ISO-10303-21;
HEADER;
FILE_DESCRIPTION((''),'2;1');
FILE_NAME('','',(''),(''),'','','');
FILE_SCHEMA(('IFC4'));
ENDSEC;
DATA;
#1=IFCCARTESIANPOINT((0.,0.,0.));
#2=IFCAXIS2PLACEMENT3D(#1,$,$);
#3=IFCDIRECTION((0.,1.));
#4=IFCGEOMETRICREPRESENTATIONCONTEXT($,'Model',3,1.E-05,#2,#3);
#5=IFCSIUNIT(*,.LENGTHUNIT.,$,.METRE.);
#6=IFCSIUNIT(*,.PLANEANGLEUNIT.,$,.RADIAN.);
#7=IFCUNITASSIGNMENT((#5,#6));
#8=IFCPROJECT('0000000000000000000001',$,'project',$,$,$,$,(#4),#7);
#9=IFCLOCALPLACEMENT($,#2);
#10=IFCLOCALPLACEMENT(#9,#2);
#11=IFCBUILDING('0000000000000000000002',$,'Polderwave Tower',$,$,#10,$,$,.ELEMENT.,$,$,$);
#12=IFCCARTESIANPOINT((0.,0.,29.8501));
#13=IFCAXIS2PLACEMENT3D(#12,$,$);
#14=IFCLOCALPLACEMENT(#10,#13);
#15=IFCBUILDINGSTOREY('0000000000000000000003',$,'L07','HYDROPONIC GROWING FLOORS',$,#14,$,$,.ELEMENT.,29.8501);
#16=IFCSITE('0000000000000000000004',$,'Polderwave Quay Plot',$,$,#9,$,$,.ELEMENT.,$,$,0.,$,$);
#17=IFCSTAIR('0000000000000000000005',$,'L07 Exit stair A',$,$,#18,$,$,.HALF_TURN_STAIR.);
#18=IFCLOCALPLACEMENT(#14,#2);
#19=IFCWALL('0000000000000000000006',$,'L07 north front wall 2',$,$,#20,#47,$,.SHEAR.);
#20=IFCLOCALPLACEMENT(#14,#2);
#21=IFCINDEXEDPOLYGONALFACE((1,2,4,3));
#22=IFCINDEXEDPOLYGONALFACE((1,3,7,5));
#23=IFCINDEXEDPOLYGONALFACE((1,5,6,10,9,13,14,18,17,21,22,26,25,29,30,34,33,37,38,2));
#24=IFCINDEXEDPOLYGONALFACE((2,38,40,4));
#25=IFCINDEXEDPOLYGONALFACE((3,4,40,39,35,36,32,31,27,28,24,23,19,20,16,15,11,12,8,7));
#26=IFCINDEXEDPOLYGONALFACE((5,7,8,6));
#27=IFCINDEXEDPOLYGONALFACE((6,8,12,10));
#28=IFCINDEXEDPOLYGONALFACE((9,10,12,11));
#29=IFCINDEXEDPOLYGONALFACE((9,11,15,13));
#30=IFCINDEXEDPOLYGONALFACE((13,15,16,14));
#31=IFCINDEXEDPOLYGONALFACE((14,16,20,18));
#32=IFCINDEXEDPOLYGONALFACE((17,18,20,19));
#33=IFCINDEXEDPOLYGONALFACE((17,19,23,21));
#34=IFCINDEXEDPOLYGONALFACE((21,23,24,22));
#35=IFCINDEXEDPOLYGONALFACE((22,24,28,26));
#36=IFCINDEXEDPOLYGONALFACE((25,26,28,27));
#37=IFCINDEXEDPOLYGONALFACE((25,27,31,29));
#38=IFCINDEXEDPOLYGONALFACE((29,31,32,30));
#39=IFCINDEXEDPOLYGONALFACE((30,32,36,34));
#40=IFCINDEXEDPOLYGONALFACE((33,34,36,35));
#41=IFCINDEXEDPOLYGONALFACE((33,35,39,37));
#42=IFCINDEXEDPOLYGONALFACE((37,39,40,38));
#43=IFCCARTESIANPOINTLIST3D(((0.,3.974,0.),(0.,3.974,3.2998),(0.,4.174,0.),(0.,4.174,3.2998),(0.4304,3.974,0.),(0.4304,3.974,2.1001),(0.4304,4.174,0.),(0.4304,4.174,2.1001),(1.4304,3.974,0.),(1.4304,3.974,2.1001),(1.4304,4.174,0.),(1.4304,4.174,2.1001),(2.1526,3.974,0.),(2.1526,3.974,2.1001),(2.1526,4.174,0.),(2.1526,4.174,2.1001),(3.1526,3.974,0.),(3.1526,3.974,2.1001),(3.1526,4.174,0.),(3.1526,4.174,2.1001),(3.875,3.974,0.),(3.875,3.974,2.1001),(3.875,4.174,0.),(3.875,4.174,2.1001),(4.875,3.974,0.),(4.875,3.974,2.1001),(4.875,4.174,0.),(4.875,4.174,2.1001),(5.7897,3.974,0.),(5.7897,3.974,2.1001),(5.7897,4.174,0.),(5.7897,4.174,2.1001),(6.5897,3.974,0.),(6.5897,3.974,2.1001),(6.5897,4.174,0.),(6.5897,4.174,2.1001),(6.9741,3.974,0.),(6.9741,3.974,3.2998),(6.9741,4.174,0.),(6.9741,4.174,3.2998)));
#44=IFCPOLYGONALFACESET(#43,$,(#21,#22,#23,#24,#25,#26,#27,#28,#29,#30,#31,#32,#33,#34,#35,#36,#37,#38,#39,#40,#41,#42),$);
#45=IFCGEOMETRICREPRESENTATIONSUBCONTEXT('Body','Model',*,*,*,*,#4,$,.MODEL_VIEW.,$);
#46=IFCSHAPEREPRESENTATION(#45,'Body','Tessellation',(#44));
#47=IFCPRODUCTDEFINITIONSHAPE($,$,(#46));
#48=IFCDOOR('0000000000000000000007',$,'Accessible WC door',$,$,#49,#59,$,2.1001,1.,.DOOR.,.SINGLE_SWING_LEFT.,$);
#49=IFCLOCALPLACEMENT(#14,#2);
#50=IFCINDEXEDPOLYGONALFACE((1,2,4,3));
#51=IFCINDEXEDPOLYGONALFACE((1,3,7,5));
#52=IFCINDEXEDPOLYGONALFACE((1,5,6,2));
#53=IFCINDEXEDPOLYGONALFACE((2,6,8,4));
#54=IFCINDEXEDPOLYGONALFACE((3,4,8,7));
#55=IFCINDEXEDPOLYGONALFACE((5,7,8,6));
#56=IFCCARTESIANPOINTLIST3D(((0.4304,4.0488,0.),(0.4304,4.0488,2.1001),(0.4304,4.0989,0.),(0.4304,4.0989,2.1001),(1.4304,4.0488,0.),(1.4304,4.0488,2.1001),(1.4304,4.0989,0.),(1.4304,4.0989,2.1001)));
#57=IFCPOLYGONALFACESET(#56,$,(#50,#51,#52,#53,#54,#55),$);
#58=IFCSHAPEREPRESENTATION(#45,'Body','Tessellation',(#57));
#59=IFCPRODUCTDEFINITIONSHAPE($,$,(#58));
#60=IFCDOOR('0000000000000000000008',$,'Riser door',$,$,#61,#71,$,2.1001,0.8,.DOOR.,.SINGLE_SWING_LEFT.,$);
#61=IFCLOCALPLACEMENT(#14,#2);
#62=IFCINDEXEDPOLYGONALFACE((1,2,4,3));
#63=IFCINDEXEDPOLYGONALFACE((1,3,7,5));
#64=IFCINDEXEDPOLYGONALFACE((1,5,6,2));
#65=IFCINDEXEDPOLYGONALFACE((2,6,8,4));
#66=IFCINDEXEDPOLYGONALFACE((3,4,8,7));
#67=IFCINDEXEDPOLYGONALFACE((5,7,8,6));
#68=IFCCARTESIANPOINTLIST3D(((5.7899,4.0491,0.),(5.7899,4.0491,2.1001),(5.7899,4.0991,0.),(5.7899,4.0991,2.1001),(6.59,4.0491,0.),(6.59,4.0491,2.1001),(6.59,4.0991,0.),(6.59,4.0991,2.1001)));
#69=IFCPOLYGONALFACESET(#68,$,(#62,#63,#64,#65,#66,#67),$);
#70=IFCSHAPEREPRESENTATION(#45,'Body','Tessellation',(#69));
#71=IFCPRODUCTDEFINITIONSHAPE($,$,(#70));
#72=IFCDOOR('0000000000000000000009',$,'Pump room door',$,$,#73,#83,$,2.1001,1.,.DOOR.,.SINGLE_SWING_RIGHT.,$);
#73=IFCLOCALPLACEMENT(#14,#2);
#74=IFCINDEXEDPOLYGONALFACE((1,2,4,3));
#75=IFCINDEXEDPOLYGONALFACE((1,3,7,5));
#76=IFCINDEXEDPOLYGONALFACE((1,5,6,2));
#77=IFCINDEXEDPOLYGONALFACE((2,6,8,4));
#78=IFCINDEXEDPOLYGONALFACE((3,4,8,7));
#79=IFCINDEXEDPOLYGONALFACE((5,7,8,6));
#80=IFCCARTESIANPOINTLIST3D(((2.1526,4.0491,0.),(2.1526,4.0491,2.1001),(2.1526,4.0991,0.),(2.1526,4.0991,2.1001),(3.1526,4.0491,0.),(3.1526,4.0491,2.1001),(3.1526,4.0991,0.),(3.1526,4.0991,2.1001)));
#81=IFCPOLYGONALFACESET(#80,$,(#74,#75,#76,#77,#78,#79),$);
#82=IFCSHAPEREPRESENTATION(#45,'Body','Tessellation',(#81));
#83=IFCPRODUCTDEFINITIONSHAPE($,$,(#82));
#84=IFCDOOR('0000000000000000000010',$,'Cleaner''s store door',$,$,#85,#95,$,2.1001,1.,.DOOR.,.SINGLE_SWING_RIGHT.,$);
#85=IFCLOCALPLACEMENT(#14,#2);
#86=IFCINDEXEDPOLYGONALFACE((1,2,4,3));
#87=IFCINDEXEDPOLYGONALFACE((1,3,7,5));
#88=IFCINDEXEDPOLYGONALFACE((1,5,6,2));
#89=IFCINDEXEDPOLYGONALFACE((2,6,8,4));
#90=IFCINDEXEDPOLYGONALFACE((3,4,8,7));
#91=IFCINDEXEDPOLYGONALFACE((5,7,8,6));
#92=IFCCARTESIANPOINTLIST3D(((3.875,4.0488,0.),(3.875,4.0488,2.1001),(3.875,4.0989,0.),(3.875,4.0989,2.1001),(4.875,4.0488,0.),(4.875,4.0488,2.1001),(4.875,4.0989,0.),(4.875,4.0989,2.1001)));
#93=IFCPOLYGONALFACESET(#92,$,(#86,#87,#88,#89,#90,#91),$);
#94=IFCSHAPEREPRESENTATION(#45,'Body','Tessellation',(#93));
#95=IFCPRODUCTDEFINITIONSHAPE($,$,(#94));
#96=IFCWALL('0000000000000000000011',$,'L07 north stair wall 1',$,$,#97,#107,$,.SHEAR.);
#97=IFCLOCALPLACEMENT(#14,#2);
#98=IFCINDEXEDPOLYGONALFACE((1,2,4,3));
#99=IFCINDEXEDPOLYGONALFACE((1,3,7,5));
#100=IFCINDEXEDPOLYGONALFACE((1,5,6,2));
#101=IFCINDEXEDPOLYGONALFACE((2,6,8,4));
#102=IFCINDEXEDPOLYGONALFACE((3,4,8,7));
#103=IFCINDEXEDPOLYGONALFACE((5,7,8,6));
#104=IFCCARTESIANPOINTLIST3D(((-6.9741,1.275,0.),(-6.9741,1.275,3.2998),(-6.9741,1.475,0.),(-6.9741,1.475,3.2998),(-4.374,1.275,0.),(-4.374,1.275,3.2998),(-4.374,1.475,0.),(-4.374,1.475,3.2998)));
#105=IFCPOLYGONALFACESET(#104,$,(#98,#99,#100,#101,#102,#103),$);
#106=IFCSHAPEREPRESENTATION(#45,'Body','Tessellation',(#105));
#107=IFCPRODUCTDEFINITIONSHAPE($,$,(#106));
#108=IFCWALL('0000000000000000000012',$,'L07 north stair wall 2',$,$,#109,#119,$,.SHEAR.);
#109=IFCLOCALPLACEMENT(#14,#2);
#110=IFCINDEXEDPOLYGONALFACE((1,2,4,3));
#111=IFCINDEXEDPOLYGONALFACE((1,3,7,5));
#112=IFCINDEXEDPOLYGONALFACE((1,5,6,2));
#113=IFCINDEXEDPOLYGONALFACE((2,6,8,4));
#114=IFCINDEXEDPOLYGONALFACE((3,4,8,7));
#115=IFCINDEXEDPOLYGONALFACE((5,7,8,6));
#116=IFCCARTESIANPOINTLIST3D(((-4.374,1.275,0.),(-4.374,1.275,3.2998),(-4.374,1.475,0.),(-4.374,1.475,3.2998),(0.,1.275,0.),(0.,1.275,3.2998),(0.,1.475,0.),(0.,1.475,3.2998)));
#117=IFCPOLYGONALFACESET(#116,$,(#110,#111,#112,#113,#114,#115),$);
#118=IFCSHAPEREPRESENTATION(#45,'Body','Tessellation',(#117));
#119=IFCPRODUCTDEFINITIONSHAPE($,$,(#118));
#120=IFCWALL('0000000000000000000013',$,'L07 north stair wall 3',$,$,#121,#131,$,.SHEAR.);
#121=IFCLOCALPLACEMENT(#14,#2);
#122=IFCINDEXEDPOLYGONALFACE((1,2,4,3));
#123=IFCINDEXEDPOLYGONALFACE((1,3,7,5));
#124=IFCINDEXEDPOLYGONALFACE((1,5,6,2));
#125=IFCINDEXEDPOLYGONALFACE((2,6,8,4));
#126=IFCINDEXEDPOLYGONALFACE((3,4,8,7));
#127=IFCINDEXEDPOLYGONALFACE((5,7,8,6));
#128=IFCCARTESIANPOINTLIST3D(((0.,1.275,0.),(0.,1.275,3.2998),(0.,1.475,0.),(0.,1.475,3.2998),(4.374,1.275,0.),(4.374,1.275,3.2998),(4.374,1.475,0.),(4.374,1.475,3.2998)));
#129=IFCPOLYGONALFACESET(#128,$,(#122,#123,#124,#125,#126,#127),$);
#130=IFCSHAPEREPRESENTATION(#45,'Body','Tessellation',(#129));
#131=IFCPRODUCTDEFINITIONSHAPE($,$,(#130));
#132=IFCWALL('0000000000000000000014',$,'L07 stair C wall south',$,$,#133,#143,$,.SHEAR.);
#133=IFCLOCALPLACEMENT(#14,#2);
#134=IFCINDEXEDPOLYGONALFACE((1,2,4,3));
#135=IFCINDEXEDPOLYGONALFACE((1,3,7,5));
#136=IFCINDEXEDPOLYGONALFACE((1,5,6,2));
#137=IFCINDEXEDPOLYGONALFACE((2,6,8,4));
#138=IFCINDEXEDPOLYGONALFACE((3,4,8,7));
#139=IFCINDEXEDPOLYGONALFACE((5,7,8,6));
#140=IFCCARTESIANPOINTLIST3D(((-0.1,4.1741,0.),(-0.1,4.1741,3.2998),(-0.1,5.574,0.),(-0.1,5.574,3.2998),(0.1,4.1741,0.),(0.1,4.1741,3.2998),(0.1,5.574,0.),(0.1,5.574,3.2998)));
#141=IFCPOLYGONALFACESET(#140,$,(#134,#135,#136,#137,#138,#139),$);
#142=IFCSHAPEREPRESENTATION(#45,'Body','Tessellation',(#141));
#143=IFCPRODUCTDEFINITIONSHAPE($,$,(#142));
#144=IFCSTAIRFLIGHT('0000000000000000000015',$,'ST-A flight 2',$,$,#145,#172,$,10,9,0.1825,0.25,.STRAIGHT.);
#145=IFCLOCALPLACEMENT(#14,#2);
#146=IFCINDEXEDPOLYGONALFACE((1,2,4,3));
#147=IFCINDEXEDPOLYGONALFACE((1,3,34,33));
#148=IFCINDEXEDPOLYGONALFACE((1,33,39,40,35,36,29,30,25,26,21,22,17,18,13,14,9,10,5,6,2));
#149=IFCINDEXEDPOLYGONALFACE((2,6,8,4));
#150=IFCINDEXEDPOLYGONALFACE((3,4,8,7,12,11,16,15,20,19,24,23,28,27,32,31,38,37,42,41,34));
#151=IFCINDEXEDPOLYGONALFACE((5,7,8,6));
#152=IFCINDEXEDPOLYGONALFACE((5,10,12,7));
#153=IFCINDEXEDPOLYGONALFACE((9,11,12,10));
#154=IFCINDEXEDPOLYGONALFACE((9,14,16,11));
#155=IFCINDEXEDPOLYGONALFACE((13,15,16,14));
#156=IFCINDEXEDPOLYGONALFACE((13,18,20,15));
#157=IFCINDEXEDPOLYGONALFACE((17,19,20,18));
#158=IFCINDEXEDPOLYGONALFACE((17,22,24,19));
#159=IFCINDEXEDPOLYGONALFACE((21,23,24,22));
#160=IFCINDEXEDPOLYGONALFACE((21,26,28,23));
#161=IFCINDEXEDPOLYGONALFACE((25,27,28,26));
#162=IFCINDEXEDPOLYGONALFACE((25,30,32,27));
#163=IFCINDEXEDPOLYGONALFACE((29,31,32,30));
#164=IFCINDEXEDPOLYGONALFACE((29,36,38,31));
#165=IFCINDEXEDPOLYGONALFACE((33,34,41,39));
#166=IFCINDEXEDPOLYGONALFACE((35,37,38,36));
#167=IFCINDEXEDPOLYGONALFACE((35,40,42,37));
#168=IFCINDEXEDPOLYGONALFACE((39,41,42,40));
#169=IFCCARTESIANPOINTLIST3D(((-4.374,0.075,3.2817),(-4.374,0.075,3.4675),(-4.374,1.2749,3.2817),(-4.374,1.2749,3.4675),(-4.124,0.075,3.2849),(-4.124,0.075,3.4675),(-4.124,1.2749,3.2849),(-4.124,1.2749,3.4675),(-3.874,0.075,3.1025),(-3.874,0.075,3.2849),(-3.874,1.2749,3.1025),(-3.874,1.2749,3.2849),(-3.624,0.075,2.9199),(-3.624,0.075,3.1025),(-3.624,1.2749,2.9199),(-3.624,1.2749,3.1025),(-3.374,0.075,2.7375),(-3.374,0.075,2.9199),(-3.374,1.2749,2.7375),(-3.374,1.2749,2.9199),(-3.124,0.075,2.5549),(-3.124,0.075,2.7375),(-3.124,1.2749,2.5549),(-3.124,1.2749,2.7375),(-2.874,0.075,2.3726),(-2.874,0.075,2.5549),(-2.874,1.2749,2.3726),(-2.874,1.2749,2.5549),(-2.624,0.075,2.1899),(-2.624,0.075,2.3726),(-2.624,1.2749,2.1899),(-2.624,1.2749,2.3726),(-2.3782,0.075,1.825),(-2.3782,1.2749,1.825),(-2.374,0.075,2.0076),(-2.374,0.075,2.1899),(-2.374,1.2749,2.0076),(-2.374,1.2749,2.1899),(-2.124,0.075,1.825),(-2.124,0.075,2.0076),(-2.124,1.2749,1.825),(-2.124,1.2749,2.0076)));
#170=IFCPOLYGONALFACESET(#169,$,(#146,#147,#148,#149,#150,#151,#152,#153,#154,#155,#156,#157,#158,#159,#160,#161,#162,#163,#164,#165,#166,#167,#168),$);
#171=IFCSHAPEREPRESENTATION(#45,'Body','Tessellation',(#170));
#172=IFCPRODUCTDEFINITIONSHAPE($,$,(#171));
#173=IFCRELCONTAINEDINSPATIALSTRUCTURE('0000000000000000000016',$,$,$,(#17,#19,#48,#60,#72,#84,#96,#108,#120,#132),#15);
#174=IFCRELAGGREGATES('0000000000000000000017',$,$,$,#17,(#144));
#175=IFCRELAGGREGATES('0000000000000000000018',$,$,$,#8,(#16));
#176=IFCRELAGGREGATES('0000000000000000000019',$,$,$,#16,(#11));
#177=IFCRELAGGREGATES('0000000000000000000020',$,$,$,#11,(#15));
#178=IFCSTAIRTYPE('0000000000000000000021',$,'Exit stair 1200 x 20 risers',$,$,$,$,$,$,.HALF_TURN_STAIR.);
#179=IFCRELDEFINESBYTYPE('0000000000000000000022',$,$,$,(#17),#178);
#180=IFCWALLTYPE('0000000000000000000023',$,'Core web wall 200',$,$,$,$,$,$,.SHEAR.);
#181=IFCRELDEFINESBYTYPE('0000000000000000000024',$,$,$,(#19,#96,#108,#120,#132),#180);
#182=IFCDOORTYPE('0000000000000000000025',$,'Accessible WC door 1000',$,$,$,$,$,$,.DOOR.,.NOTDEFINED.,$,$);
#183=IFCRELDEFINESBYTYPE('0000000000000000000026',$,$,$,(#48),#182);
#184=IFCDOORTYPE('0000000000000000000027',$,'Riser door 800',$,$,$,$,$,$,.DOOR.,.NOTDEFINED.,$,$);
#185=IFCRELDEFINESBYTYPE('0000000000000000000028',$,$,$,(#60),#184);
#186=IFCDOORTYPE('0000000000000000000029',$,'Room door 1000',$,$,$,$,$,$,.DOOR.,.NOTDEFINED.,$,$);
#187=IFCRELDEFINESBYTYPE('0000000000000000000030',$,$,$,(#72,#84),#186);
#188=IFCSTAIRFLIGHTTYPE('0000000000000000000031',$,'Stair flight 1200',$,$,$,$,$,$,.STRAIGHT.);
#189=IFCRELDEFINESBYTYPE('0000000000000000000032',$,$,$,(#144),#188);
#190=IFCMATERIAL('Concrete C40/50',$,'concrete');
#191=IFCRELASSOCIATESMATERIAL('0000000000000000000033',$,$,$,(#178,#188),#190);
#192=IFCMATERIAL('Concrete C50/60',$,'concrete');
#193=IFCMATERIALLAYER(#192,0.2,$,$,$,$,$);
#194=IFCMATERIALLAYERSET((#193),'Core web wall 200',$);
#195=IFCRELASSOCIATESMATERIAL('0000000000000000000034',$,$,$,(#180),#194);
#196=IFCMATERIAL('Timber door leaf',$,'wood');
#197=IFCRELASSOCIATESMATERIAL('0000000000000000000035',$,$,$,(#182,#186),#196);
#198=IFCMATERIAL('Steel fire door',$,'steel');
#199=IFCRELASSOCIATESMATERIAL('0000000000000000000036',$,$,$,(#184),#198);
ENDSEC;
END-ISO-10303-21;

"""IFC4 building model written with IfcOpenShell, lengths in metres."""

from ifc_helpers import new_model, si_unit, direction, frame, frame_2d, origin, place, context, subcontext, project, spatial, polyline, rectangle, outline, extrude, material, layer, layer_set, type_object, element, fill, aggregate, save


model = new_model("IFC4")

# Units and contexts
model_context = context("Model", 3, precision=1e-05, world=origin(), true_north=direction((0.0, 1.0)))
body_context = subcontext(model_context, "Body", "Model", "MODEL_VIEW")
ifc_project = project(units=[si_unit("LENGTHUNIT", "METRE"), si_unit("PLANEANGLEUNIT", "RADIAN")], contexts=[model_context])

# Site, building, storey
site_placement = place(None, origin())
site = spatial("IfcSite", under=ifc_project, at=site_placement, Name="Polderwave Quay Plot", CompositionType="ELEMENT", RefElevation=0.0)
building_placement = place(site_placement, origin())
building = spatial("IfcBuilding", under=site, at=building_placement, Name="Polderwave Tower", CompositionType="ELEMENT")
storey_placement = place(building_placement, frame((0.0, 0.0, 29.8501)))
storey = spatial("IfcBuildingStorey", under=building, at=storey_placement, Name="L07", Description="HYDROPONIC GROWING FLOORS", CompositionType="ELEMENT", Elevation=29.8501)

# Shared definitions
ifc_material_1 = material(Name="Concrete C40/50", Category="concrete")

# Stair
stair_type = type_object("IfcStairType", Name="Exit stair 1200 x 20 risers", PredefinedType="HALF_TURN_STAIR", material=ifc_material_1)
stair_1_placement = place(storey_placement, origin())
stair_1 = element("IfcStair", 1, at=stair_1_placement, inside=storey, type_object=stair_type, Name="L07 Exit stair A", PredefinedType="HALF_TURN_STAIR")

# Shared definitions
ifc_material_2 = material(Name="Steel fire door", Category="steel")

# Shared definitions
ifc_material_3 = material(Name="Concrete C50/60", Category="concrete")
ifc_layer_1 = layer(ifc_material_3, 0.2)
ifc_layer_set_1 = layer_set([ifc_layer_1], Name="Core web wall 200")
wall_type_1 = type_object("IfcWallType", Name="Core web wall 200", PredefinedType="SHEAR", material=ifc_layer_set_1)

# Wall, openings, doors
wall_1_placement = place(storey_placement, frame((0.0, 4.074, 0.0), z_axis=(0.0, 0.0, 1.0), x_axis=(1.0, 0.0, 0.0)))
wall_1 = element("IfcWall", 2, at=wall_1_placement, inside=storey, type_object=wall_type_1, Name="L07 north front wall 2", PredefinedType="SHEAR", context=body_context, shape_type="SweptSolid", body=[
    extrude(rectangle(XDim=6.9741, YDim=0.2, at=frame_2d((3.4871, 0.0))), origin(), (0.0, 0.0, 1.0), 3.2998),
])
opening_1_placement = place(wall_1_placement, frame((0.4304, 0.0, 0.0)))
opening_1 = element("IfcOpeningElement", 3, at=opening_1_placement, cuts=wall_1, PredefinedType="OPENING", context=body_context, shape_type="SweptSolid", body=[
    extrude(rectangle(XDim=1.0, YDim=2.1001, at=frame_2d((0.5, 1.05))), frame((0.0, 0.1099, 0.0), z_axis=(0.0, -1.0, 0.0), x_axis=(1.0, 0.0, 0.0)), (0.0, 0.0, 1.0), 0.22),
])
opening_2_placement = place(wall_1_placement, frame((2.1526, 0.0, 0.0)))
opening_2 = element("IfcOpeningElement", 4, at=opening_2_placement, cuts=wall_1, PredefinedType="OPENING", context=body_context, shape_type="SweptSolid", body=[
    extrude(rectangle(XDim=1.0, YDim=2.1001, at=frame_2d((0.5, 1.05))), frame((0.0, 0.1099, 0.0), z_axis=(0.0, -1.0, 0.0), x_axis=(1.0, 0.0, 0.0)), (0.0, 0.0, 1.0), 0.22),
])
opening_3_placement = place(wall_1_placement, frame((3.875, 0.0, 0.0)))
opening_3 = element("IfcOpeningElement", 5, at=opening_3_placement, cuts=wall_1, PredefinedType="OPENING", context=body_context, shape_type="SweptSolid", body=[
    extrude(rectangle(XDim=1.0, YDim=2.1001, at=frame_2d((0.5, 1.05))), frame((0.0, 0.1099, 0.0), z_axis=(0.0, -1.0, 0.0), x_axis=(1.0, 0.0, 0.0)), (0.0, 0.0, 1.0), 0.22),
])
opening_4_placement = place(wall_1_placement, frame((5.7898, 0.0, 0.0)))
opening_4 = element("IfcOpeningElement", 6, at=opening_4_placement, cuts=wall_1, PredefinedType="OPENING", context=body_context, shape_type="SweptSolid", body=[
    extrude(rectangle(XDim=0.8, YDim=2.1001, at=frame_2d((0.3999, 1.05))), frame((0.0, 0.1099, 0.0), z_axis=(0.0, -1.0, 0.0), x_axis=(1.0, 0.0, 0.0)), (0.0, 0.0, 1.0), 0.22),
])
ifc_material_4 = material(Name="Timber door leaf", Category="wood")
door_type_1 = type_object("IfcDoorType", Name="Accessible WC door 1000", OperationType="NOTDEFINED", PredefinedType="DOOR", material=ifc_material_4)
door_1_placement = place(opening_1_placement, origin())
door_1 = element("IfcDoor", 7, at=door_1_placement, inside=storey, type_object=door_type_1, Name="Accessible WC door", OperationType="SINGLE_SWING_LEFT", OverallHeight=2.1001, OverallWidth=1.0, PredefinedType="DOOR", context=body_context, shape_type="SweptSolid", body=[
    extrude(rectangle(XDim=1.0, YDim=2.1001, at=frame_2d((0.5, 1.05))), frame((0.0, 0.0249, 0.0), z_axis=(0.0, -1.0, 0.0), x_axis=(1.0, 0.0, 0.0)), (0.0, 0.0, 1.0), 0.05),
])
fill(opening_1, door_1)
door_type_2 = type_object("IfcDoorType", Name="Riser door 800", OperationType="NOTDEFINED", PredefinedType="DOOR", material=ifc_material_2)
door_2_placement = place(opening_4_placement, frame((0.8, 0.0, 0.0), z_axis=(0.0, 0.0, 1.0), x_axis=(-1.0, 0.0, 0.0)))
door_2 = element("IfcDoor", 8, at=door_2_placement, inside=storey, type_object=door_type_2, Name="Riser door", OperationType="SINGLE_SWING_LEFT", OverallHeight=2.1001, OverallWidth=0.8, PredefinedType="DOOR", context=body_context, shape_type="SweptSolid", body=[
    extrude(rectangle(XDim=0.8, YDim=2.1001, at=frame_2d((0.3999, 1.05))), frame((0.0, 0.0249, 0.0), z_axis=(0.0, -1.0, 0.0), x_axis=(1.0, 0.0, 0.0)), (0.0, 0.0, 1.0), 0.05),
])
fill(opening_4, door_2)
door_type_3 = type_object("IfcDoorType", Name="Room door 1000", OperationType="NOTDEFINED", PredefinedType="DOOR", material=ifc_material_4)
door_3_placement = place(opening_2_placement, frame((1.0, 0.0, 0.0), z_axis=(0.0, 0.0, 1.0), x_axis=(-1.0, 0.0, 0.0)))
door_3 = element("IfcDoor", 9, at=door_3_placement, inside=storey, type_object=door_type_3, Name="Pump room door", OperationType="SINGLE_SWING_RIGHT", OverallHeight=2.1001, OverallWidth=1.0, PredefinedType="DOOR", context=body_context, shape_type="SweptSolid", body=[
    extrude(rectangle(XDim=1.0, YDim=2.1001, at=frame_2d((0.5, 1.05))), frame((0.0, 0.0249, 0.0), z_axis=(0.0, -1.0, 0.0), x_axis=(1.0, 0.0, 0.0)), (0.0, 0.0, 1.0), 0.05),
])
fill(opening_2, door_3)
door_4_placement = place(opening_3_placement, origin())
door_4 = element("IfcDoor", 10, at=door_4_placement, inside=storey, type_object=door_type_3, Name="Cleaner's store door", OperationType="SINGLE_SWING_RIGHT", OverallHeight=2.1001, OverallWidth=1.0, PredefinedType="DOOR", context=body_context, shape_type="SweptSolid", body=[
    extrude(rectangle(XDim=1.0, YDim=2.1001, at=frame_2d((0.5, 1.05))), frame((0.0, 0.0249, 0.0), z_axis=(0.0, -1.0, 0.0), x_axis=(1.0, 0.0, 0.0)), (0.0, 0.0, 1.0), 0.05),
])
fill(opening_3, door_4)

# Walls
wall_2_placement = place(storey_placement, frame((-6.9741, 1.375, 0.0), z_axis=(0.0, 0.0, 1.0), x_axis=(1.0, 0.0, 0.0)))
element("IfcWall", 11, at=wall_2_placement, inside=storey, type_object=wall_type_1, Name="L07 north stair wall 1", PredefinedType="SHEAR", context=body_context, shape_type="SweptSolid", body=[
    extrude(rectangle(XDim=2.6001, YDim=0.2, at=frame_2d((1.3, 0.0))), origin(), (0.0, 0.0, 1.0), 3.2998),
])
for number, where, z_axis, x_axis, name in (
    (12, (-4.374, 1.375, 0.0), (0.0, 0.0, 1.0), (1.0, 0.0, 0.0), "L07 north stair wall 2"),
    (13, (0.0, 1.375, 0.0), (0.0, 0.0, 1.0), (1.0, 0.0, 0.0), "L07 north stair wall 3"),
):
    element("IfcWall", number, at=place(storey_placement, frame(where, z_axis=z_axis, x_axis=x_axis)), inside=storey, type_object=wall_type_1, Name=name, PredefinedType="SHEAR", context=body_context, shape_type="SweptSolid", body=[
        extrude(rectangle(XDim=4.374, YDim=0.2, at=frame_2d((2.187, 0.0))), origin(), (0.0, 0.0, 1.0), 3.2998),
    ])
wall_3_placement = place(storey_placement, frame((0.0, 4.1741, 0.0), z_axis=(0.0, 0.0, 1.0), x_axis=(0.0, 1.0, 0.0)))
element("IfcWall", 14, at=wall_3_placement, inside=storey, type_object=wall_type_1, Name="L07 stair C wall south", PredefinedType="SHEAR", context=body_context, shape_type="SweptSolid", body=[
    extrude(rectangle(XDim=1.3999, YDim=0.2, at=frame_2d((0.7, 0.0))), origin(), (0.0, 0.0, 1.0), 3.2998),
])

# Stair flight
stair_flight_type = type_object("IfcStairFlightType", Name="Stair flight 1200", PredefinedType="STRAIGHT", material=ifc_material_1)
stair_flight_1_placement = place(storey_placement, frame((-2.124, 0.675, 1.825), z_axis=(0.0, 0.0, 1.0), x_axis=(-1.0, 0.0, 0.0)))
stair_flight_1 = element("IfcStairFlight", 15, at=stair_flight_1_placement, type_object=stair_flight_type, Name="ST-A flight 2", NumberOfRisers=10, NumberOfTreads=9, PredefinedType="STRAIGHT", RiserHeight=0.1825, TreadLength=0.25, context=body_context, shape_type="SweptSolid", body=[
    extrude(outline(polyline([(0.0, 0.0), (0.0, 0.1826), (0.25, 0.1826), (0.25, 0.365), (0.5, 0.365), (0.5, 0.5476), (0.75, 0.5476), (0.75, 0.73), (1.0, 0.73), (1.0, 0.9126), (1.25, 0.9126), (1.25, 1.095), (1.5, 1.095), (1.5, 1.2776), (1.75, 1.2776), (1.75, 1.46), (2.0, 1.46), (2.0, 1.6426), (2.25, 1.6426), (2.25, 1.825), (2.25, 1.4568), (0.2542, 0.0), (0.0, 0.0)])), frame((0.0, 0.6001, 0.0), z_axis=(0.0, -1.0, 0.0), x_axis=(1.0, 0.0, 0.0)), (0.0, 0.0, 1.0), 1.2),
])
aggregate(stair_1, [stair_flight_1])

save(model, "model.ifc")
